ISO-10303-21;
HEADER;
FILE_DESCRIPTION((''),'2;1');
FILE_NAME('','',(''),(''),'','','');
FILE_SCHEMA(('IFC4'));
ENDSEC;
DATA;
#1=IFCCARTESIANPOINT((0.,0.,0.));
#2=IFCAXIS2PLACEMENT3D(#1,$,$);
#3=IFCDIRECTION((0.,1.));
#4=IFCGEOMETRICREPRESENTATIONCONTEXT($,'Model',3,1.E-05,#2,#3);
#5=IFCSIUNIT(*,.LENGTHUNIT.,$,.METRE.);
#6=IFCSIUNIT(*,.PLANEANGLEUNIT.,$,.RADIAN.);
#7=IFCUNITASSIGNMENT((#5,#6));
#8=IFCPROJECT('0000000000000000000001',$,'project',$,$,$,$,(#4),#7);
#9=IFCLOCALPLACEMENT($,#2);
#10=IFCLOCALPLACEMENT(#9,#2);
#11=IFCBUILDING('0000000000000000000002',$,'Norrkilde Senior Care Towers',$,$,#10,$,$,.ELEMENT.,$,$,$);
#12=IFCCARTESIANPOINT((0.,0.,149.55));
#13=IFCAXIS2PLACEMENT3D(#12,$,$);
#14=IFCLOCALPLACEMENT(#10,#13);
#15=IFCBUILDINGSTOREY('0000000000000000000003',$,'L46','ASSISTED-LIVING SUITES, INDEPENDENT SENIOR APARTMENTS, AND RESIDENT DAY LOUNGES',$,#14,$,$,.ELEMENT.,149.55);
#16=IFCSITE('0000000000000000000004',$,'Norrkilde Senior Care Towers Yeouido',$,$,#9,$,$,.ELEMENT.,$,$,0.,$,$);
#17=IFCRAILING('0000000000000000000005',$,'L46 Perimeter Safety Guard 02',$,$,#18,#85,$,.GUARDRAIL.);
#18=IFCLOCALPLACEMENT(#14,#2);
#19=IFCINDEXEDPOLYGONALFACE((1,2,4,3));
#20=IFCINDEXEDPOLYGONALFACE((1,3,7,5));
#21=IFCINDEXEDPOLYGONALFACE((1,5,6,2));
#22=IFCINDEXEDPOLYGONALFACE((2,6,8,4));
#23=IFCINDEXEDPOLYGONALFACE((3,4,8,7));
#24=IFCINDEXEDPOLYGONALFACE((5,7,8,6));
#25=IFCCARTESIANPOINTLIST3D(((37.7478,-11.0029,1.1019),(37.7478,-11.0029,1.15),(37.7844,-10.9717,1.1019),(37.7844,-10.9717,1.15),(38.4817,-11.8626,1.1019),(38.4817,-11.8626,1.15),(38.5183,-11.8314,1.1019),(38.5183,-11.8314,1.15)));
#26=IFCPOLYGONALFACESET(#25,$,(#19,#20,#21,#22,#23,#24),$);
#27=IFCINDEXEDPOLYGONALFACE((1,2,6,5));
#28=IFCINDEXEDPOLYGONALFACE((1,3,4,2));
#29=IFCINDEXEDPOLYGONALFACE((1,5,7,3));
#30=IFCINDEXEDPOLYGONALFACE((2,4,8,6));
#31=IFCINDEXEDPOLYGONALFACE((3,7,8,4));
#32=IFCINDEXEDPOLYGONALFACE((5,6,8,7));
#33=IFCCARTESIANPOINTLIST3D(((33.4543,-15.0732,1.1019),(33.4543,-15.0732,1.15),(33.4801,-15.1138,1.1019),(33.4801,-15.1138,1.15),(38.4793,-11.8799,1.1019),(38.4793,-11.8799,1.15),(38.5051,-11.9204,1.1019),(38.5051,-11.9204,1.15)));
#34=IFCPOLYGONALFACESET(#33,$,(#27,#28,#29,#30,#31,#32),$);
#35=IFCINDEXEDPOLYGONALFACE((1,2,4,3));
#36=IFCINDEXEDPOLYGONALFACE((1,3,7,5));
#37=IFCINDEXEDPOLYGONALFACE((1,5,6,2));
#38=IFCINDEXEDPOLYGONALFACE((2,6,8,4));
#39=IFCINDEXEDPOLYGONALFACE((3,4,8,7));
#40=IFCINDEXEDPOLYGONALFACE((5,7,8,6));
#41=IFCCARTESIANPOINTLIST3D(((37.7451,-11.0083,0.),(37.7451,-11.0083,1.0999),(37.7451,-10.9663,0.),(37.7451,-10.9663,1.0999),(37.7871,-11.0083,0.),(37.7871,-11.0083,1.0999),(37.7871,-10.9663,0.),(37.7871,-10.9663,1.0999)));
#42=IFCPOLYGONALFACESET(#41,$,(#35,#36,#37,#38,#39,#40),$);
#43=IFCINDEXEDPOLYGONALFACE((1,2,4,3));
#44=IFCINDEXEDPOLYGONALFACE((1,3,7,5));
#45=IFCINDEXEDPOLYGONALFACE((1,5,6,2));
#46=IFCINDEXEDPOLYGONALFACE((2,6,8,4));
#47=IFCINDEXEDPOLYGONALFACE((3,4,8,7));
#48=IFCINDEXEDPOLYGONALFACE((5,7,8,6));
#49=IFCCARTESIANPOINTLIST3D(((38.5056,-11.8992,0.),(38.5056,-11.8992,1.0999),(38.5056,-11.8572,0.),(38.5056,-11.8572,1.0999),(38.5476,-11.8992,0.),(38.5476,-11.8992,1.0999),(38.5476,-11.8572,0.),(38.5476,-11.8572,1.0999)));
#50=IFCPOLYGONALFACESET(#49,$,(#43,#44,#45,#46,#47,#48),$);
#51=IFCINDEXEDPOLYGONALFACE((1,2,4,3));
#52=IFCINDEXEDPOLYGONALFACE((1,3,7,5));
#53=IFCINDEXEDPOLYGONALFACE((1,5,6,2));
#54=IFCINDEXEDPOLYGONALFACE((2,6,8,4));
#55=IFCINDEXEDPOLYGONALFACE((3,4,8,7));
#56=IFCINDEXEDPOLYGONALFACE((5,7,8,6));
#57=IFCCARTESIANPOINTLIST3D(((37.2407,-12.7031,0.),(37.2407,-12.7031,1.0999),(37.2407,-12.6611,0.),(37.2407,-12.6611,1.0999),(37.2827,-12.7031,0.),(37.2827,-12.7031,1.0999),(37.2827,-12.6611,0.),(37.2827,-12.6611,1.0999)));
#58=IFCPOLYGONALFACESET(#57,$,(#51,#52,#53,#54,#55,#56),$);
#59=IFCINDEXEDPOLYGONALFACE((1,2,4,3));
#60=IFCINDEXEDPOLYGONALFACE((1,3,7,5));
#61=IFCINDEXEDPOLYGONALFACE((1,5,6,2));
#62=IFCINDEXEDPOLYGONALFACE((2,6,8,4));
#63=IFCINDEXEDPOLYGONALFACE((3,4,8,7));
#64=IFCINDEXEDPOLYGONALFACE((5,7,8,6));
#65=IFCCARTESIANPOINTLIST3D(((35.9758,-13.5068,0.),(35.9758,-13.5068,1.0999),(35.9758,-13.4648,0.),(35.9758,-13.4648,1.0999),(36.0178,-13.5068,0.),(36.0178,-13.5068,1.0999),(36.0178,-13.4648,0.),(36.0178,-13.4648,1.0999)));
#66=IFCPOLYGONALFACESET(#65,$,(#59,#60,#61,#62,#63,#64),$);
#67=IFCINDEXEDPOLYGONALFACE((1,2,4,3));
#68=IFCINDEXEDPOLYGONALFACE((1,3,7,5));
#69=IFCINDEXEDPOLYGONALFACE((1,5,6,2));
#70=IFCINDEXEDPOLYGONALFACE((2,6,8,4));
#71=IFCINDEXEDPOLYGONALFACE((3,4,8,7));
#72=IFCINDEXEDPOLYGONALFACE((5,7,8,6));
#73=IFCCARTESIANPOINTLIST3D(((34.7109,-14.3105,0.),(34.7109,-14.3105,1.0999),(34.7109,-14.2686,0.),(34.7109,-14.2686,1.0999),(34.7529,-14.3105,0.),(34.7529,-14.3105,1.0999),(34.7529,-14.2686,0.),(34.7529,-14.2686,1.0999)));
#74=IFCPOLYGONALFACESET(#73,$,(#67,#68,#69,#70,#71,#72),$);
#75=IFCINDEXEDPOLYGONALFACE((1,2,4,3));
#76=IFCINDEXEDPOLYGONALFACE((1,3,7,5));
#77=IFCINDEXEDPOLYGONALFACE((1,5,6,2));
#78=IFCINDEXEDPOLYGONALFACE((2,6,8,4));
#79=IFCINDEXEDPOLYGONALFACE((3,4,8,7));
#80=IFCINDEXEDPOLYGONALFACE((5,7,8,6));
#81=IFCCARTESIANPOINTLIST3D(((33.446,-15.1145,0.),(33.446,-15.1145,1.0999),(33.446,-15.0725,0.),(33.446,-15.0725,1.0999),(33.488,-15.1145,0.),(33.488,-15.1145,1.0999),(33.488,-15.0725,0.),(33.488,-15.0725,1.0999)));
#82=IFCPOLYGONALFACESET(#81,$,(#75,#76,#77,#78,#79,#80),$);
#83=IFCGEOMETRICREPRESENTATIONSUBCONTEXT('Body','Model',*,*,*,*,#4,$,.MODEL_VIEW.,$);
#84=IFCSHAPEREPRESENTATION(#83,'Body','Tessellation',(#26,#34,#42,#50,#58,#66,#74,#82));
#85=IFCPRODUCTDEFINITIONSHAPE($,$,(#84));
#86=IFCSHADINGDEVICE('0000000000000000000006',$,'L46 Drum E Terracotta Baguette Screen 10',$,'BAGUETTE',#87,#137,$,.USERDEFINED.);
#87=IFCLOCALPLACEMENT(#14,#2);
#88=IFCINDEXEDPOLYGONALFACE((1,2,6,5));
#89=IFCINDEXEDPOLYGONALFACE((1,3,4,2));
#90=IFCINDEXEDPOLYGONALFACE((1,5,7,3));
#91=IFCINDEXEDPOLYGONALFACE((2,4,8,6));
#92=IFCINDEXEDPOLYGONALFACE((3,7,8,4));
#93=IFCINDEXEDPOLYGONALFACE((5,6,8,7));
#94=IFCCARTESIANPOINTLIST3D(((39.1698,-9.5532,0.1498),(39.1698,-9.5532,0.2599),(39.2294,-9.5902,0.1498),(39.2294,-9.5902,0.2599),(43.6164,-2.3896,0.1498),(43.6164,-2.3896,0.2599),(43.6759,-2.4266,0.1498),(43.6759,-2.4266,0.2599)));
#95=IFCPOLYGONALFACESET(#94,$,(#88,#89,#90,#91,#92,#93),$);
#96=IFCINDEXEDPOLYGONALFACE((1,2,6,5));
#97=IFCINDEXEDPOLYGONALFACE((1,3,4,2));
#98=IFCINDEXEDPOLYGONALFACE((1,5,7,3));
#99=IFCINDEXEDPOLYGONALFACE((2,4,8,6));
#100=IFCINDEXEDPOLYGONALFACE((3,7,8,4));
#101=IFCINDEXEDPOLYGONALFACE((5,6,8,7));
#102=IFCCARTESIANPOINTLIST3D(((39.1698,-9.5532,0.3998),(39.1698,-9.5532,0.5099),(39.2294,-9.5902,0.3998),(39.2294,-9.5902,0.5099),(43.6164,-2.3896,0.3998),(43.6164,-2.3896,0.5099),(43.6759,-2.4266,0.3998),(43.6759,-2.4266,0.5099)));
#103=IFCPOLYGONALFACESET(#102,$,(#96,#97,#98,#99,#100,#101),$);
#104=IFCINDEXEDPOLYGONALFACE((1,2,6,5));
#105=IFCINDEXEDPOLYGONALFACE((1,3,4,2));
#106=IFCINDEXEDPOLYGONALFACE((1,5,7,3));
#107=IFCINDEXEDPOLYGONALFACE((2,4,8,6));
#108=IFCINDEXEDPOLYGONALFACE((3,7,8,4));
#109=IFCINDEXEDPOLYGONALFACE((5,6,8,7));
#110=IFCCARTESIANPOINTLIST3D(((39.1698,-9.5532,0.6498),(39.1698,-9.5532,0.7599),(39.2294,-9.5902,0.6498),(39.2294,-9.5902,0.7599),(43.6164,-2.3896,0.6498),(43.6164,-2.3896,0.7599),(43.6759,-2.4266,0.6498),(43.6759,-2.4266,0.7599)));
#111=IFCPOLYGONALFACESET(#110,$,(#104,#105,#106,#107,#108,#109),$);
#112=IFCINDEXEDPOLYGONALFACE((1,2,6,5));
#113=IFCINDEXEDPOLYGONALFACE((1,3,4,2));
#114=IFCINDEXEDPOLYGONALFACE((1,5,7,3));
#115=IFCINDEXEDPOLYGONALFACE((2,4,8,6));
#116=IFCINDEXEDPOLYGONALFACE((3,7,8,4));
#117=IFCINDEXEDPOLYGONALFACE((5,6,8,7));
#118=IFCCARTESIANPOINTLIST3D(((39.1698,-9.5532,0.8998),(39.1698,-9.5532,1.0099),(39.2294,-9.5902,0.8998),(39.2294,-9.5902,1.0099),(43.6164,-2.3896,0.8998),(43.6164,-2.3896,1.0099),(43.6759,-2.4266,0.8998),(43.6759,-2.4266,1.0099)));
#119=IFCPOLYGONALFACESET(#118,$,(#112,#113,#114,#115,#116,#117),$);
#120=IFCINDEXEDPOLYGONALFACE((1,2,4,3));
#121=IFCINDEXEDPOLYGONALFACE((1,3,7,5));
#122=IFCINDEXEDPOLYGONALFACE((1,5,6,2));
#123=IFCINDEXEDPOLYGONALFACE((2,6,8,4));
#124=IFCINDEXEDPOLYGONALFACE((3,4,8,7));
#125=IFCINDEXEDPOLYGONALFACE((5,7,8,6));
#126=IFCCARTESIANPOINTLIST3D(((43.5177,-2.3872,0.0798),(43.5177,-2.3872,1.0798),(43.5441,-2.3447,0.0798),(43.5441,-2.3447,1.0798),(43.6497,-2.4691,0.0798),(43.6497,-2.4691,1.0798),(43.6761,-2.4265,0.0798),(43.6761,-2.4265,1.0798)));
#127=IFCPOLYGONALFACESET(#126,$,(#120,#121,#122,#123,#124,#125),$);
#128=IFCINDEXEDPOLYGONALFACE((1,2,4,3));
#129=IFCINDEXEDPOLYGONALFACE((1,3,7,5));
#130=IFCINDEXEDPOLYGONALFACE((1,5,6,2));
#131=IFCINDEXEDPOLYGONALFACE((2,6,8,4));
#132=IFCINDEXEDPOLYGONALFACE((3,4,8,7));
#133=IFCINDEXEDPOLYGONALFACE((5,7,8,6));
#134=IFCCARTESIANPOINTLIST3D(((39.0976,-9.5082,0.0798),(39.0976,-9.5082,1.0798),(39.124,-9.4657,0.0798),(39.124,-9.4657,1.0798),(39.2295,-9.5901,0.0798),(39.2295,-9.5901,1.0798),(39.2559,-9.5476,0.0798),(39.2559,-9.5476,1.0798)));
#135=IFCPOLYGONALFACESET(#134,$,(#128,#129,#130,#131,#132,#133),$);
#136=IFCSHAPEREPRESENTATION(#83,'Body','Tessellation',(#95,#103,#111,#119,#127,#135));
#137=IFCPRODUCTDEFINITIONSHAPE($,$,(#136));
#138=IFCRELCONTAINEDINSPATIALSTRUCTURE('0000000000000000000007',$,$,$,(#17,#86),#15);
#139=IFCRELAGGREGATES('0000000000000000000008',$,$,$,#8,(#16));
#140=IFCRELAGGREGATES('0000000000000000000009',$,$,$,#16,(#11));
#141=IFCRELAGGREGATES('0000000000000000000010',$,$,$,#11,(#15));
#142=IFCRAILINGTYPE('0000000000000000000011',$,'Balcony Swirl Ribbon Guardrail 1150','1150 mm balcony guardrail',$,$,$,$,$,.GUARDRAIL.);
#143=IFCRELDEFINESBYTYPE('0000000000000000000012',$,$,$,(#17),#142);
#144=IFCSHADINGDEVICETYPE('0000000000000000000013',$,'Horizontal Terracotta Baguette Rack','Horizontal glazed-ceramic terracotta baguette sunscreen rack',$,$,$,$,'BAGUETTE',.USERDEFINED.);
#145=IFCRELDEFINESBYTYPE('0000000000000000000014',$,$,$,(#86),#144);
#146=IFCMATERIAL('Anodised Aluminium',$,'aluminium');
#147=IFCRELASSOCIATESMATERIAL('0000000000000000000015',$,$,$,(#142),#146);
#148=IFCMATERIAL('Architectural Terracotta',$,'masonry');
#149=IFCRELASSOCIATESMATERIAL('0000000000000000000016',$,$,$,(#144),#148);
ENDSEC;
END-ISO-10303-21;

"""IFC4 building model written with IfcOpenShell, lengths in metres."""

from ifc_helpers import new_model, si_unit, direction, frame, origin, origin_2d, place, context, subcontext, project, spatial, rectangle, extrude, source, transform, mapped, material, type_object, type_shapes, element, save


model = new_model("IFC4")

# Units and contexts
model_context = context("Model", 3, precision=1e-05, world=origin(), true_north=direction((0.0, 1.0)))
body_context = subcontext(model_context, "Body", "Model", "MODEL_VIEW")
ifc_project = project(units=[si_unit("LENGTHUNIT", "METRE"), si_unit("PLANEANGLEUNIT", "RADIAN")], contexts=[model_context])

# Site, building, storey
site_placement = place(None, origin())
site = spatial("IfcSite", under=ifc_project, at=site_placement, Name="Norrkilde Senior Care Towers Yeouido", CompositionType="ELEMENT", RefElevation=0.0)
building_placement = place(site_placement, origin())
building = spatial("IfcBuilding", under=site, at=building_placement, Name="Norrkilde Senior Care Towers", CompositionType="ELEMENT")
storey_placement = place(building_placement, frame((0.0, 0.0, 149.55)))
storey = spatial("IfcBuildingStorey", under=building, at=storey_placement, Name="L46", Description="ASSISTED-LIVING SUITES, INDEPENDENT SENIOR APARTMENTS, AND RESIDENT DAY LOUNGES", CompositionType="ELEMENT", Elevation=149.55)

# Shared definitions
ifc_material_1 = material(Name="Anodised Aluminium", Category="aluminium")

# Railing
railing_type = type_object("IfcRailingType", Name="Balcony Swirl Ribbon Guardrail 1150", Description="1150 mm balcony guardrail", PredefinedType="GUARDRAIL", material=ifc_material_1)
railing_placement = place(storey_placement, frame((37.7661, -10.9873, 0.0)))
element("IfcRailing", 1, at=railing_placement, inside=storey, type_object=railing_type, Name="L46 Perimeter Safety Guard 02", PredefinedType="GUARDRAIL", context=body_context, shape_type="SweptSolid", body=[
    extrude(rectangle(XDim=0.0481, YDim=0.0481, at=origin_2d()), frame((0.0, 0.0, 1.126), z_axis=(0.649262, -0.760565, 0.0), x_axis=(0.760565, 0.649262, 0.0)), (0.0, 0.0, 1.0), 1.1304),
    extrude(rectangle(XDim=0.0481, YDim=0.0481, at=origin_2d()), frame((0.7261, -0.9128, 1.126), z_axis=(-0.843993, -0.536354, 0.0), x_axis=(0.536354, -0.843993, 0.0)), (0.0, 0.0, 1.0), 5.9539),
    extrude(rectangle(XDim=0.042, YDim=0.042, at=origin_2d()), origin(), (0.0, 0.0, 1.0), 1.0999),
    extrude(rectangle(XDim=0.042, YDim=0.042, at=origin_2d()), frame((0.7605, -0.8909, 0.0)), (0.0, 0.0, 1.0), 1.0999),
    extrude(rectangle(XDim=0.042, YDim=0.042, at=origin_2d()), frame((-0.5044, -1.6948, 0.0)), (0.0, 0.0, 1.0), 1.0999),
    extrude(rectangle(XDim=0.042, YDim=0.042, at=origin_2d()), frame((-1.7693, -2.4985, 0.0)), (0.0, 0.0, 1.0), 1.0999),
    extrude(rectangle(XDim=0.042, YDim=0.042, at=origin_2d()), frame((-3.0342, -3.3022, 0.0)), (0.0, 0.0, 1.0), 1.0999),
    extrude(rectangle(XDim=0.042, YDim=0.042, at=origin_2d()), frame((-4.2991, -4.1062, 0.0)), (0.0, 0.0, 1.0), 1.0999),
])

# Shading device
ifc_material_2 = material(Name="Architectural Terracotta", Category="masonry")
shading_device_type = type_object("IfcShadingDeviceType", Name="Horizontal Terracotta Baguette Rack", Description="Horizontal glazed-ceramic terracotta baguette sunscreen rack", ElementType="BAGUETTE", PredefinedType="USERDEFINED", material=ifc_material_2)
shared_shape_1 = source(origin(), body_context, "Body", "SweptSolid", [
    extrude(rectangle(XDim=0.0701, YDim=0.1101, at=origin_2d()), frame((0.0, 0.0901, 0.125), z_axis=(1.0, 0.0, 0.0), x_axis=(0.0, 1.0, 0.0)), (0.0, 0.0, 1.0), 8.4314),
    extrude(rectangle(XDim=0.0701, YDim=0.1101, at=origin_2d()), frame((0.0, 0.0901, 0.375), z_axis=(1.0, 0.0, 0.0), x_axis=(0.0, 1.0, 0.0)), (0.0, 0.0, 1.0), 8.4314),
    extrude(rectangle(XDim=0.0701, YDim=0.1101, at=origin_2d()), frame((0.0, 0.0901, 0.625), z_axis=(1.0, 0.0, 0.0), x_axis=(0.0, 1.0, 0.0)), (0.0, 0.0, 1.0), 8.4314),
    extrude(rectangle(XDim=0.0701, YDim=0.1101, at=origin_2d()), frame((0.0, 0.0901, 0.875), z_axis=(1.0, 0.0, 0.0), x_axis=(0.0, 1.0, 0.0)), (0.0, 0.0, 1.0), 8.4314),
    extrude(rectangle(XDim=0.05, YDim=0.1553, at=origin_2d()), frame((0.0249, 0.0476, 0.0)), (0.0, 0.0, 1.0), 1.0),
    extrude(rectangle(XDim=0.05, YDim=0.1553, at=origin_2d()), frame((8.4062, 0.0476, 0.0)), (0.0, 0.0, 1.0), 1.0),
])
type_shapes(shading_device_type, [shared_shape_1])
shading_device_placement = place(storey_placement, frame((43.5696, -2.3606, 0.0798), z_axis=(0.0, 0.0, 1.0), x_axis=(-0.527378, -0.849631, 0.0)))
element("IfcShadingDevice", 2, at=shading_device_placement, inside=storey, type_object=shading_device_type, Name="L46 Drum E Terracotta Baguette Screen 10", ObjectType="BAGUETTE", PredefinedType="USERDEFINED", context=body_context, shape_type="MappedRepresentation", body=[
    mapped(shared_shape_1, transform((0.0, 0.0, 0.0), x_axis=(1.0, 0.0, 0.0), y_axis=(0.0, 1.0, 0.0), z_axis=(0.0, 0.0, 1.0), scale=1.0)),
])

save(model, "model.ifc")
